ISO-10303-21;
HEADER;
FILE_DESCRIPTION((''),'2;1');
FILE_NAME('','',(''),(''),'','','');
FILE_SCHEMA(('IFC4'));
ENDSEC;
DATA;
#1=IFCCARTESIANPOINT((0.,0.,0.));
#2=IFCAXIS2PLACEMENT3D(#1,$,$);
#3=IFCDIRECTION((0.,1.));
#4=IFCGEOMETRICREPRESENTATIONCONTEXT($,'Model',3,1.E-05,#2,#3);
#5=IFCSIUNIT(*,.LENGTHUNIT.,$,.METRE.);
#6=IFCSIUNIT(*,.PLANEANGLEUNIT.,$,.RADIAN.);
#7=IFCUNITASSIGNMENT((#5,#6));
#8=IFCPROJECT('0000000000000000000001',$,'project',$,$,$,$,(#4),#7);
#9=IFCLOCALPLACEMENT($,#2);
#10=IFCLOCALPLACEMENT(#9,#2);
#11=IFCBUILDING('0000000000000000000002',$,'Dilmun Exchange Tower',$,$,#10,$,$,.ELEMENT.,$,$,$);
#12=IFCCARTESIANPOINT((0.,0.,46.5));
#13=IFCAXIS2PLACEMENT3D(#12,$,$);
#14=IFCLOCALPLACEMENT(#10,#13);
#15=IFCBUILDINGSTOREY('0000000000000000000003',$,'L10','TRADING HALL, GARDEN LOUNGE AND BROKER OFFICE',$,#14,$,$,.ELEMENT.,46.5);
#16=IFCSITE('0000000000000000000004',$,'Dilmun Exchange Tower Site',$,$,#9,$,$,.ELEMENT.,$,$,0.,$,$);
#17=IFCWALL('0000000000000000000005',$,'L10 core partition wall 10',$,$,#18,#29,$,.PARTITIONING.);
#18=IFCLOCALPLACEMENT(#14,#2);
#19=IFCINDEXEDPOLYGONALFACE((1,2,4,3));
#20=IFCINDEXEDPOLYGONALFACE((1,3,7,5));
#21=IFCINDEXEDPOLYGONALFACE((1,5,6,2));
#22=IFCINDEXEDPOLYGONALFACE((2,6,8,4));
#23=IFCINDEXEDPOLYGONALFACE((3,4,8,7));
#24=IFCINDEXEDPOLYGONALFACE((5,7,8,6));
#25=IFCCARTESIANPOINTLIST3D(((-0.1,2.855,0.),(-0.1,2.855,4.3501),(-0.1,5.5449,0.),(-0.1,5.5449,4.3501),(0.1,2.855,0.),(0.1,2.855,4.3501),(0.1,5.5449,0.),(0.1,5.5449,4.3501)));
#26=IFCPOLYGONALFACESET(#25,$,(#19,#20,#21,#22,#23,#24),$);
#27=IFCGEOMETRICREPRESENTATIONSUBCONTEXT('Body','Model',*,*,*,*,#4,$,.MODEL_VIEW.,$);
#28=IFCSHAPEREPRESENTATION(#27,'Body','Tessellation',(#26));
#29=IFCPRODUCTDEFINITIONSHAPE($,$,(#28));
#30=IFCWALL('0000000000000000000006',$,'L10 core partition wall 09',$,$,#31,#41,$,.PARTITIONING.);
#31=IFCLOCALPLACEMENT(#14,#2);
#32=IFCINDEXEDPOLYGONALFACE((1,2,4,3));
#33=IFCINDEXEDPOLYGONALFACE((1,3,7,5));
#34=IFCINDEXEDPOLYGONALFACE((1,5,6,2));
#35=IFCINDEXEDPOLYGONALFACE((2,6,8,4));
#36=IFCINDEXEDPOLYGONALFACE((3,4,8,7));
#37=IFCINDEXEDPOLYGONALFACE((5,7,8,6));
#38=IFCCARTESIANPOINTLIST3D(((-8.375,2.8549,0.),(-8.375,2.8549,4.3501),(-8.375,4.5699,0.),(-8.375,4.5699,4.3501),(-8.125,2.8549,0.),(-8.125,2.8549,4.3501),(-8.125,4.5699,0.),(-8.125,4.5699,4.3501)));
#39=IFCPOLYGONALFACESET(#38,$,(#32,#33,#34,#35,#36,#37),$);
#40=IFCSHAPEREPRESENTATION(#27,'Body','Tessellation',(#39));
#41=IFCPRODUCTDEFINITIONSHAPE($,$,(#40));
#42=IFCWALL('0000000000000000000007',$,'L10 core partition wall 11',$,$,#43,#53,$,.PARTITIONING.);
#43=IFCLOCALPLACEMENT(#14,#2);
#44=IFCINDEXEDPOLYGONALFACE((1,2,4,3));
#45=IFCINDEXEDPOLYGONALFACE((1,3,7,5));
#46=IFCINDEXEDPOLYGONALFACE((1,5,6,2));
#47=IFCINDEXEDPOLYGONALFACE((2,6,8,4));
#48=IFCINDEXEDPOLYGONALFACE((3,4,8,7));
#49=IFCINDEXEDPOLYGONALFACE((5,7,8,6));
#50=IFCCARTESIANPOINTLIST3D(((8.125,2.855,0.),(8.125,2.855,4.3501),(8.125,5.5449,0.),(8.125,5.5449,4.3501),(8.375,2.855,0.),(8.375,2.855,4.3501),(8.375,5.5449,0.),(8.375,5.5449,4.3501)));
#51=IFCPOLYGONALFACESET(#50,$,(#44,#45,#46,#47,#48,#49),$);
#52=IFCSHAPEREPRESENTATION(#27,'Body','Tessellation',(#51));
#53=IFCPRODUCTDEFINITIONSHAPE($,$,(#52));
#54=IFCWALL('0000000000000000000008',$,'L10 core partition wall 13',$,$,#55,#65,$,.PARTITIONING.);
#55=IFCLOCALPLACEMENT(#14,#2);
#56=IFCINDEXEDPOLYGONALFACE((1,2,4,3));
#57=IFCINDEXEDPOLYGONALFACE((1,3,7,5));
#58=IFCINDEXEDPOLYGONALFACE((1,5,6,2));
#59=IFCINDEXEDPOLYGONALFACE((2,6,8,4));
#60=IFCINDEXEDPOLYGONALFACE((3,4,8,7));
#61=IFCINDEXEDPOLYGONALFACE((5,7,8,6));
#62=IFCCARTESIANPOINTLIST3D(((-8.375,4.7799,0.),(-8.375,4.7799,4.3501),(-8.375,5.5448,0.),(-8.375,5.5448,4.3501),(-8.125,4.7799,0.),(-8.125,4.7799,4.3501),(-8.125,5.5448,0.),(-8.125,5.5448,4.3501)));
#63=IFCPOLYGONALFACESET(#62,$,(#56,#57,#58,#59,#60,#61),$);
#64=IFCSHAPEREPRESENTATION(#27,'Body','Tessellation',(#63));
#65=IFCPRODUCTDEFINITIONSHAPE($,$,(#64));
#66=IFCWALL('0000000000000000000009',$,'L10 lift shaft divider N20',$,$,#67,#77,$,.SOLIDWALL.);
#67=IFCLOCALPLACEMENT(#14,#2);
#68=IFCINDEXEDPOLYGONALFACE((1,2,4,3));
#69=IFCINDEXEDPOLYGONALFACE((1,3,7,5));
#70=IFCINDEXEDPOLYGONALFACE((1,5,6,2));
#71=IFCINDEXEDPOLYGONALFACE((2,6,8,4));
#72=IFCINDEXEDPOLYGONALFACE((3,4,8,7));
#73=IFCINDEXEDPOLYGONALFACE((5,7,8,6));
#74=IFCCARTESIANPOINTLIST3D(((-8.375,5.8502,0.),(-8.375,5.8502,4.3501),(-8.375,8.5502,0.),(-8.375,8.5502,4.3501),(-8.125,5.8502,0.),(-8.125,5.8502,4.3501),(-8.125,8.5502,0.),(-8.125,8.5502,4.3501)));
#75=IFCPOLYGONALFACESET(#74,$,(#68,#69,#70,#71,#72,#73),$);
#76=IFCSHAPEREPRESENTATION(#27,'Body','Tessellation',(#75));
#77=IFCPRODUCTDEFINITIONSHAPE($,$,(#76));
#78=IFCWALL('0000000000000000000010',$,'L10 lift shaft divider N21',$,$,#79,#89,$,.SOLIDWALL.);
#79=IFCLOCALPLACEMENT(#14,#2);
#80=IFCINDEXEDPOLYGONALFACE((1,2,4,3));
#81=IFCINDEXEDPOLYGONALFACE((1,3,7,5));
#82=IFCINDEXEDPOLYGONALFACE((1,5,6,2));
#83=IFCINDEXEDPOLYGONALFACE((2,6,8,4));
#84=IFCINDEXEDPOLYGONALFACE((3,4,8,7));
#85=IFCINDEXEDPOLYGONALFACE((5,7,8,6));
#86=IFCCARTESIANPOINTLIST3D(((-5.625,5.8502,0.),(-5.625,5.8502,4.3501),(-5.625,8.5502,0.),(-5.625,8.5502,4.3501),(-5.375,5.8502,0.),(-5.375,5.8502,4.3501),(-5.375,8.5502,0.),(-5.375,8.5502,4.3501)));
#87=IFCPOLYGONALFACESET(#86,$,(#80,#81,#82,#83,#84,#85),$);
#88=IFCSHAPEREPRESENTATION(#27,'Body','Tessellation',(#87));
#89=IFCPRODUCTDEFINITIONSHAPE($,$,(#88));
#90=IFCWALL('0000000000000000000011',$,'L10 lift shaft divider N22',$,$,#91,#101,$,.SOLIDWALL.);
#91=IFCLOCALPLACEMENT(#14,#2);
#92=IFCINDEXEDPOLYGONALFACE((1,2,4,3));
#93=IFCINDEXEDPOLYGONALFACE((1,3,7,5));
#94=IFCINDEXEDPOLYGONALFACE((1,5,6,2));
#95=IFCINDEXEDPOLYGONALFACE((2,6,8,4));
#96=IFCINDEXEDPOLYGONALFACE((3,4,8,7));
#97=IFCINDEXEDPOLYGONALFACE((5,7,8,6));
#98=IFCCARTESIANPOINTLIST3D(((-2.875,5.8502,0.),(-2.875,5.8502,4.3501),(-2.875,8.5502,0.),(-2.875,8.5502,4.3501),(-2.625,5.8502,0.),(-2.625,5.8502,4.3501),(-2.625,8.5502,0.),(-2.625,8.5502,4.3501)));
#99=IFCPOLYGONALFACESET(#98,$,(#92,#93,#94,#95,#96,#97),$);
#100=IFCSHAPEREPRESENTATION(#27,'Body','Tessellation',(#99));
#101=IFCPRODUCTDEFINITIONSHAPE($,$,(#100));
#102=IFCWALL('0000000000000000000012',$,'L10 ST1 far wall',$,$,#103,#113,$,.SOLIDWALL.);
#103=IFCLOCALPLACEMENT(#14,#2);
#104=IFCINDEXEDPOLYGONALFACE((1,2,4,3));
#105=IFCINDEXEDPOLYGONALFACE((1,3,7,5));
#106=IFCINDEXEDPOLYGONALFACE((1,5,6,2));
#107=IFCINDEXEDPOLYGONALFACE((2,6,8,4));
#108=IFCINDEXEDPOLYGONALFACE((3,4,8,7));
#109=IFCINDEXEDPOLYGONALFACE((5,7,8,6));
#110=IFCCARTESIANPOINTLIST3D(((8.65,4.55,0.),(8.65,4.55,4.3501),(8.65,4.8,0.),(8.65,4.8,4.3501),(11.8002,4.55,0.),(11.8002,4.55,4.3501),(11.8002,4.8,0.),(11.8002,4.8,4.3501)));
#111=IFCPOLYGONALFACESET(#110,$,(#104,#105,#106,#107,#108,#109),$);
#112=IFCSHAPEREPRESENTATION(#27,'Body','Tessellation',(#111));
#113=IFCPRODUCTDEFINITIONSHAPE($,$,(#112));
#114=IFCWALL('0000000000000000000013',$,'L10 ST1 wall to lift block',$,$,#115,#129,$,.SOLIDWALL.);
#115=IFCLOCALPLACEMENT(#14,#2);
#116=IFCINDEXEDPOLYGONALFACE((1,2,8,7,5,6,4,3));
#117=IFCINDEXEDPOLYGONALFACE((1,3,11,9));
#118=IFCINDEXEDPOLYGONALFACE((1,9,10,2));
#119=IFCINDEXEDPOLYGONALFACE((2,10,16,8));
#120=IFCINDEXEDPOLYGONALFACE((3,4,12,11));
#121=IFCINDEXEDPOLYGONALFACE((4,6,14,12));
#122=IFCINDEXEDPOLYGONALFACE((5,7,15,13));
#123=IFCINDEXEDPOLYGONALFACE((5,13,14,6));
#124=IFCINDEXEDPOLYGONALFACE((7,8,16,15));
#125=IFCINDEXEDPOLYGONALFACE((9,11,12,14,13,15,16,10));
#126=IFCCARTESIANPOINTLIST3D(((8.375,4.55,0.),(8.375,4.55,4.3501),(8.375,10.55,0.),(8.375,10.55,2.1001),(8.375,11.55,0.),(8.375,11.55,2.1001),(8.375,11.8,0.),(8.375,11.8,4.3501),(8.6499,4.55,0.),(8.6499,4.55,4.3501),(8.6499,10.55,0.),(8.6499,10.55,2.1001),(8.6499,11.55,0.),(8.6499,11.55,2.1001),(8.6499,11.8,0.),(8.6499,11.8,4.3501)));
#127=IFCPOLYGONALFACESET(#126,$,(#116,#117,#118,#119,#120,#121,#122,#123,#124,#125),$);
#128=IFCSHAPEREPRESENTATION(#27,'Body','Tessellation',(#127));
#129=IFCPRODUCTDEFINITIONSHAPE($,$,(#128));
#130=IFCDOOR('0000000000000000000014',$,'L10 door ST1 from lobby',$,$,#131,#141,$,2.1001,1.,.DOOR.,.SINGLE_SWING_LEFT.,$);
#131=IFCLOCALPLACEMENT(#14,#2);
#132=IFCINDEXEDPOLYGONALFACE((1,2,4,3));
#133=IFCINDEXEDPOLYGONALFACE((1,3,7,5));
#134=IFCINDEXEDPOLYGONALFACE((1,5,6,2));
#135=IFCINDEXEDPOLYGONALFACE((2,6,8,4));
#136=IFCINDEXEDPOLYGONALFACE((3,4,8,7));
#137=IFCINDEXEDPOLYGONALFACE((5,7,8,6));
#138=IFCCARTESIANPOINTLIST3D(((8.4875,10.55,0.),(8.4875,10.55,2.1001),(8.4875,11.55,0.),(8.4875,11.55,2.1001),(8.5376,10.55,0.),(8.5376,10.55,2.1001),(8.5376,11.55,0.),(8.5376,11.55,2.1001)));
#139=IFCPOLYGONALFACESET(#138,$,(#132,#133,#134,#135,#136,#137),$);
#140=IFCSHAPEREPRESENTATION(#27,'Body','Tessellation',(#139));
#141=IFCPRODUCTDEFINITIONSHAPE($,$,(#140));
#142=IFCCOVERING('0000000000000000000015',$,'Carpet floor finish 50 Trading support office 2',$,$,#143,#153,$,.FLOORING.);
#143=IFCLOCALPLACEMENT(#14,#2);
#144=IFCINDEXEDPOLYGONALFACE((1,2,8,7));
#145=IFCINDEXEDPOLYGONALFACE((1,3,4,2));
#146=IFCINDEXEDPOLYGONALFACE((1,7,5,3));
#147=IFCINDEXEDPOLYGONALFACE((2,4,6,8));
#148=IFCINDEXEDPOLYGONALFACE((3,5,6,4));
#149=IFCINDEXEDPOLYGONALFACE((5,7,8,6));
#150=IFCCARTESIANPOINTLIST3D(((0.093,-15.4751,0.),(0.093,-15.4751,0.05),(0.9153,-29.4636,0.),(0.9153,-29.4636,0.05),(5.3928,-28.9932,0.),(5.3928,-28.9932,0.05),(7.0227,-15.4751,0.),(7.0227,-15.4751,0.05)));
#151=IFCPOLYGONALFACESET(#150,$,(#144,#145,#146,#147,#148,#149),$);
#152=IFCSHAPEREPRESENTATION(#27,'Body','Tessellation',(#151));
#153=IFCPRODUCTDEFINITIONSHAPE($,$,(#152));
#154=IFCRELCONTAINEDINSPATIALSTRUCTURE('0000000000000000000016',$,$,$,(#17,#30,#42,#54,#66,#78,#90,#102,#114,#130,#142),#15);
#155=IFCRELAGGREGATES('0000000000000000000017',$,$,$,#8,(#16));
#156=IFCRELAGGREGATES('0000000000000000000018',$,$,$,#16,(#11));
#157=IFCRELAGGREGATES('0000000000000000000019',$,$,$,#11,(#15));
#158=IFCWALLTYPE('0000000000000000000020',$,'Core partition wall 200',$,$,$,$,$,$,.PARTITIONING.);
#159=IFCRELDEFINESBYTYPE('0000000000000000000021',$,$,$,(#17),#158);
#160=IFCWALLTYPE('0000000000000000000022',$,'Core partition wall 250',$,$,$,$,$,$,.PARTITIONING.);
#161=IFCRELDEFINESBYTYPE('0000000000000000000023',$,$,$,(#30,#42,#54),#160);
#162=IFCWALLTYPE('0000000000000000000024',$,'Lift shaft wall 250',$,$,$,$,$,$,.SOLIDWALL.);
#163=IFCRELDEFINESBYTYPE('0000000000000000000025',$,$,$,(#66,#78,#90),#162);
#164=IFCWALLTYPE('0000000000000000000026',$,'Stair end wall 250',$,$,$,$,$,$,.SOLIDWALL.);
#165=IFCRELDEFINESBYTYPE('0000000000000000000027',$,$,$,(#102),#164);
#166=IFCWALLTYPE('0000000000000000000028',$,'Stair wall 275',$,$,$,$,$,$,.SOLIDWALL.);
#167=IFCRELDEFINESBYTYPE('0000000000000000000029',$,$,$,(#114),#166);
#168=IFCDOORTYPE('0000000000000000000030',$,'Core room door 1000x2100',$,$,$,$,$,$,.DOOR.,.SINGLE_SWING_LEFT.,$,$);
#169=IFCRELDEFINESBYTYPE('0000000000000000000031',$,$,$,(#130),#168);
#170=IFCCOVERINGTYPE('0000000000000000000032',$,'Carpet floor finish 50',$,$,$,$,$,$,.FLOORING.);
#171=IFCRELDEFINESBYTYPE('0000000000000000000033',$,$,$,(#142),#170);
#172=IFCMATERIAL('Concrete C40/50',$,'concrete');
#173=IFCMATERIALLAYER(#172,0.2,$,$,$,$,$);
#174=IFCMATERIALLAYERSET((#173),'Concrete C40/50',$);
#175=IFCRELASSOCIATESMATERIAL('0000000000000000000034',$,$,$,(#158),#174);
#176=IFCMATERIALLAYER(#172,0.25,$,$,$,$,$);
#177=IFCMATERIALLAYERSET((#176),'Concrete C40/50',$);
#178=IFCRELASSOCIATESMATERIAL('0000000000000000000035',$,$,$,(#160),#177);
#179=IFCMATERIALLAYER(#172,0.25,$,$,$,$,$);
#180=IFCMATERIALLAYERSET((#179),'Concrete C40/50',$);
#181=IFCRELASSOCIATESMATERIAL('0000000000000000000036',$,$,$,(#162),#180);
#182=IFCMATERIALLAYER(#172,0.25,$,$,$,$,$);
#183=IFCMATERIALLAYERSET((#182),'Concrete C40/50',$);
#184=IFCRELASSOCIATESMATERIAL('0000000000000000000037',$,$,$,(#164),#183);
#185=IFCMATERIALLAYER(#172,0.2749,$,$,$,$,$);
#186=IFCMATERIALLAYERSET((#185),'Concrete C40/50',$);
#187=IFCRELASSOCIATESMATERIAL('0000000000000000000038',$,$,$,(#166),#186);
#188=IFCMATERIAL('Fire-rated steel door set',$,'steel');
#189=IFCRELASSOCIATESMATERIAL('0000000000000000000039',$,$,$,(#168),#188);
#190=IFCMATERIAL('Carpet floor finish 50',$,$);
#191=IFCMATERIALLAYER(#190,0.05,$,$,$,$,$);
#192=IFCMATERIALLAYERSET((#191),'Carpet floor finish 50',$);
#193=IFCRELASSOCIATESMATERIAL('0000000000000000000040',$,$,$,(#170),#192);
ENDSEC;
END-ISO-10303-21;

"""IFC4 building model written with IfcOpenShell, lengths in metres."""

from ifc_helpers import new_model, si_unit, direction, frame, frame_2d, origin, place, context, subcontext, project, spatial, polyline, rectangle, outline, extrude, material, layer, layer_set, type_object, element, fill, save


model = new_model("IFC4")

# Units and contexts
model_context = context("Model", 3, precision=1e-05, world=origin(), true_north=direction((0.0, 1.0)))
body_context = subcontext(model_context, "Body", "Model", "MODEL_VIEW")
ifc_project = project(units=[si_unit("LENGTHUNIT", "METRE"), si_unit("PLANEANGLEUNIT", "RADIAN")], contexts=[model_context])

# Site, building, storey
site_placement = place(None, origin())
site = spatial("IfcSite", under=ifc_project, at=site_placement, Name="Dilmun Exchange Tower Site", CompositionType="ELEMENT", RefElevation=0.0)
building_placement = place(site_placement, origin())
building = spatial("IfcBuilding", under=site, at=building_placement, Name="Dilmun Exchange Tower", CompositionType="ELEMENT")
storey_placement = place(building_placement, frame((0.0, 0.0, 46.5)))
storey = spatial("IfcBuildingStorey", under=building, at=storey_placement, Name="L10", Description="TRADING HALL, GARDEN LOUNGE AND BROKER OFFICE", CompositionType="ELEMENT", Elevation=46.5)

# Walls
ifc_material_1 = material(Name="Concrete C40/50", Category="concrete")
ifc_layer_1 = layer(ifc_material_1, 0.2)
ifc_layer_set_1 = layer_set([ifc_layer_1], Name="Concrete C40/50")
wall_type_1 = type_object("IfcWallType", Name="Core partition wall 200", PredefinedType="PARTITIONING", material=ifc_layer_set_1)
wall_1_placement = place(storey_placement, frame((0.0, 2.855, 0.0), z_axis=(0.0, 0.0, 1.0), x_axis=(0.0, 1.0, 0.0)))
element("IfcWall", 1, at=wall_1_placement, inside=storey, type_object=wall_type_1, Name="L10 core partition wall 10", PredefinedType="PARTITIONING", context=body_context, shape_type="SweptSolid", body=[
    extrude(rectangle(XDim=2.6899, YDim=0.2, at=frame_2d((1.345, 0.0))), origin(), (0.0, 0.0, 1.0), 4.3501),
])
ifc_layer_2 = layer(ifc_material_1, 0.25)
ifc_layer_set_2 = layer_set([ifc_layer_2], Name="Concrete C40/50")
wall_type_2 = type_object("IfcWallType", Name="Core partition wall 250", PredefinedType="PARTITIONING", material=ifc_layer_set_2)
wall_2_placement = place(storey_placement, frame((-8.25, 2.855, 0.0), z_axis=(0.0, 0.0, 1.0), x_axis=(0.0, 1.0, 0.0)))
element("IfcWall", 2, at=wall_2_placement, inside=storey, type_object=wall_type_2, Name="L10 core partition wall 09", PredefinedType="PARTITIONING", context=body_context, shape_type="SweptSolid", body=[
    extrude(rectangle(XDim=1.7151, YDim=0.25, at=frame_2d((0.8574, 0.0))), origin(), (0.0, 0.0, 1.0), 4.3501),
])
wall_3_placement = place(storey_placement, frame((8.25, 2.855, 0.0), z_axis=(0.0, 0.0, 1.0), x_axis=(0.0, 1.0, 0.0)))
element("IfcWall", 3, at=wall_3_placement, inside=storey, type_object=wall_type_2, Name="L10 core partition wall 11", PredefinedType="PARTITIONING", context=body_context, shape_type="SweptSolid", body=[
    extrude(rectangle(XDim=2.6899, YDim=0.25, at=frame_2d((1.345, 0.0))), origin(), (0.0, 0.0, 1.0), 4.3501),
])
wall_4_placement = place(storey_placement, frame((-8.25, 4.78, 0.0), z_axis=(0.0, 0.0, 1.0), x_axis=(0.0, 1.0, 0.0)))
element("IfcWall", 4, at=wall_4_placement, inside=storey, type_object=wall_type_2, Name="L10 core partition wall 13", PredefinedType="PARTITIONING", context=body_context, shape_type="SweptSolid", body=[
    extrude(rectangle(XDim=0.7649, YDim=0.25, at=frame_2d((0.3823, 0.0))), origin(), (0.0, 0.0, 1.0), 4.3501),
])
ifc_layer_3 = layer(ifc_material_1, 0.25)
ifc_layer_set_3 = layer_set([ifc_layer_3], Name="Concrete C40/50")
wall_type_3 = type_object("IfcWallType", Name="Lift shaft wall 250", PredefinedType="SOLIDWALL", material=ifc_layer_set_3)
for number, where, z_axis, x_axis, name in (
    (5, (-8.25, 5.8501, 0.0), (0.0, 0.0, 1.0), (0.0, 1.0, 0.0), "L10 lift shaft divider N20"),
    (6, (-5.5, 5.8501, 0.0), (0.0, 0.0, 1.0), (0.0, 1.0, 0.0), "L10 lift shaft divider N21"),
    (7, (-2.75, 5.8501, 0.0), (0.0, 0.0, 1.0), (0.0, 1.0, 0.0), "L10 lift shaft divider N22"),
):
    element("IfcWall", number, at=place(storey_placement, frame(where, z_axis=z_axis, x_axis=x_axis)), inside=storey, type_object=wall_type_3, Name=name, PredefinedType="SOLIDWALL", context=body_context, shape_type="SweptSolid", body=[
        extrude(rectangle(XDim=2.7, YDim=0.25, at=frame_2d((1.3501, 0.0))), origin(), (0.0, 0.0, 1.0), 4.3501),
    ])
ifc_layer_4 = layer(ifc_material_1, 0.25)
ifc_layer_set_4 = layer_set([ifc_layer_4], Name="Concrete C40/50")
wall_type_4 = type_object("IfcWallType", Name="Stair end wall 250", PredefinedType="SOLIDWALL", material=ifc_layer_set_4)
wall_5_placement = place(storey_placement, frame((8.6499, 4.675, 0.0), z_axis=(0.0, 0.0, 1.0), x_axis=(1.0, 0.0, 0.0)))
element("IfcWall", 8, at=wall_5_placement, inside=storey, type_object=wall_type_4, Name="L10 ST1 far wall", PredefinedType="SOLIDWALL", context=body_context, shape_type="SweptSolid", body=[
    extrude(rectangle(XDim=3.1501, YDim=0.25, at=frame_2d((1.5752, 0.0))), origin(), (0.0, 0.0, 1.0), 4.3501),
])

# Wall, opening, door
ifc_layer_5 = layer(ifc_material_1, 0.2749)
ifc_layer_set_5 = layer_set([ifc_layer_5], Name="Concrete C40/50")
wall_type_5 = type_object("IfcWallType", Name="Stair wall 275", PredefinedType="SOLIDWALL", material=ifc_layer_set_5)
wall_6_placement = place(storey_placement, frame((8.5125, 4.55, 0.0), z_axis=(0.0, 0.0, 1.0), x_axis=(0.0, 1.0, 0.0)))
wall_6 = element("IfcWall", 9, at=wall_6_placement, inside=storey, type_object=wall_type_5, Name="L10 ST1 wall to lift block", PredefinedType="SOLIDWALL", context=body_context, shape_type="SweptSolid", body=[
    extrude(rectangle(XDim=7.25, YDim=0.2749, at=frame_2d((3.625, 0.0))), origin(), (0.0, 0.0, 1.0), 4.3501),
])
opening_placement = place(wall_6_placement, frame((6.0, 0.0, 0.0)))
opening = element("IfcOpeningElement", 10, at=opening_placement, cuts=wall_6, PredefinedType="OPENING", context=body_context, shape_type="SweptSolid", body=[
    extrude(rectangle(XDim=1.0, YDim=2.1001, at=frame_2d((0.5, 1.05))), frame((0.0, 0.1475, 0.0), z_axis=(0.0, -1.0, 0.0), x_axis=(1.0, 0.0, 0.0)), (0.0, 0.0, 1.0), 0.2949),
])
ifc_material_2 = material(Name="Fire-rated steel door set", Category="steel")
door_type = type_object("IfcDoorType", Name="Core room door 1000x2100", OperationType="SINGLE_SWING_LEFT", PredefinedType="DOOR", material=ifc_material_2)
door_placement = place(opening_placement, origin())
door = element("IfcDoor", 11, at=door_placement, inside=storey, type_object=door_type, Name="L10 door ST1 from lobby", OperationType="SINGLE_SWING_LEFT", OverallHeight=2.1001, OverallWidth=1.0, PredefinedType="DOOR", context=body_context, shape_type="SweptSolid", body=[
    extrude(rectangle(XDim=1.0, YDim=2.1001, at=frame_2d((0.5, 1.05))), frame((0.0, 0.0249, 0.0), z_axis=(0.0, -1.0, 0.0), x_axis=(1.0, 0.0, 0.0)), (0.0, 0.0, 1.0), 0.05),
])
fill(opening, door)

# Covering
ifc_material_3 = material(Name="Carpet floor finish 50")
ifc_layer_6 = layer(ifc_material_3, 0.05)
ifc_layer_set_6 = layer_set([ifc_layer_6], Name="Carpet floor finish 50")
covering_type_1 = type_object("IfcCoveringType", Name="Carpet floor finish 50", PredefinedType="FLOORING", material=ifc_layer_set_6)
covering_1_placement = place(storey_placement, origin())
element("IfcCovering", 12, at=covering_1_placement, inside=storey, type_object=covering_type_1, Name="Carpet floor finish 50 Trading support office 2", PredefinedType="FLOORING", context=body_context, shape_type="SweptSolid", body=[
    extrude(outline(polyline([(0.093, -15.4751), (7.0227, -15.4751), (5.3928, -28.9932), (0.9153, -29.4636), (0.093, -15.4751)])), origin(), (0.0, 0.0, 1.0), 0.05),
])

save(model, "model.ifc")
